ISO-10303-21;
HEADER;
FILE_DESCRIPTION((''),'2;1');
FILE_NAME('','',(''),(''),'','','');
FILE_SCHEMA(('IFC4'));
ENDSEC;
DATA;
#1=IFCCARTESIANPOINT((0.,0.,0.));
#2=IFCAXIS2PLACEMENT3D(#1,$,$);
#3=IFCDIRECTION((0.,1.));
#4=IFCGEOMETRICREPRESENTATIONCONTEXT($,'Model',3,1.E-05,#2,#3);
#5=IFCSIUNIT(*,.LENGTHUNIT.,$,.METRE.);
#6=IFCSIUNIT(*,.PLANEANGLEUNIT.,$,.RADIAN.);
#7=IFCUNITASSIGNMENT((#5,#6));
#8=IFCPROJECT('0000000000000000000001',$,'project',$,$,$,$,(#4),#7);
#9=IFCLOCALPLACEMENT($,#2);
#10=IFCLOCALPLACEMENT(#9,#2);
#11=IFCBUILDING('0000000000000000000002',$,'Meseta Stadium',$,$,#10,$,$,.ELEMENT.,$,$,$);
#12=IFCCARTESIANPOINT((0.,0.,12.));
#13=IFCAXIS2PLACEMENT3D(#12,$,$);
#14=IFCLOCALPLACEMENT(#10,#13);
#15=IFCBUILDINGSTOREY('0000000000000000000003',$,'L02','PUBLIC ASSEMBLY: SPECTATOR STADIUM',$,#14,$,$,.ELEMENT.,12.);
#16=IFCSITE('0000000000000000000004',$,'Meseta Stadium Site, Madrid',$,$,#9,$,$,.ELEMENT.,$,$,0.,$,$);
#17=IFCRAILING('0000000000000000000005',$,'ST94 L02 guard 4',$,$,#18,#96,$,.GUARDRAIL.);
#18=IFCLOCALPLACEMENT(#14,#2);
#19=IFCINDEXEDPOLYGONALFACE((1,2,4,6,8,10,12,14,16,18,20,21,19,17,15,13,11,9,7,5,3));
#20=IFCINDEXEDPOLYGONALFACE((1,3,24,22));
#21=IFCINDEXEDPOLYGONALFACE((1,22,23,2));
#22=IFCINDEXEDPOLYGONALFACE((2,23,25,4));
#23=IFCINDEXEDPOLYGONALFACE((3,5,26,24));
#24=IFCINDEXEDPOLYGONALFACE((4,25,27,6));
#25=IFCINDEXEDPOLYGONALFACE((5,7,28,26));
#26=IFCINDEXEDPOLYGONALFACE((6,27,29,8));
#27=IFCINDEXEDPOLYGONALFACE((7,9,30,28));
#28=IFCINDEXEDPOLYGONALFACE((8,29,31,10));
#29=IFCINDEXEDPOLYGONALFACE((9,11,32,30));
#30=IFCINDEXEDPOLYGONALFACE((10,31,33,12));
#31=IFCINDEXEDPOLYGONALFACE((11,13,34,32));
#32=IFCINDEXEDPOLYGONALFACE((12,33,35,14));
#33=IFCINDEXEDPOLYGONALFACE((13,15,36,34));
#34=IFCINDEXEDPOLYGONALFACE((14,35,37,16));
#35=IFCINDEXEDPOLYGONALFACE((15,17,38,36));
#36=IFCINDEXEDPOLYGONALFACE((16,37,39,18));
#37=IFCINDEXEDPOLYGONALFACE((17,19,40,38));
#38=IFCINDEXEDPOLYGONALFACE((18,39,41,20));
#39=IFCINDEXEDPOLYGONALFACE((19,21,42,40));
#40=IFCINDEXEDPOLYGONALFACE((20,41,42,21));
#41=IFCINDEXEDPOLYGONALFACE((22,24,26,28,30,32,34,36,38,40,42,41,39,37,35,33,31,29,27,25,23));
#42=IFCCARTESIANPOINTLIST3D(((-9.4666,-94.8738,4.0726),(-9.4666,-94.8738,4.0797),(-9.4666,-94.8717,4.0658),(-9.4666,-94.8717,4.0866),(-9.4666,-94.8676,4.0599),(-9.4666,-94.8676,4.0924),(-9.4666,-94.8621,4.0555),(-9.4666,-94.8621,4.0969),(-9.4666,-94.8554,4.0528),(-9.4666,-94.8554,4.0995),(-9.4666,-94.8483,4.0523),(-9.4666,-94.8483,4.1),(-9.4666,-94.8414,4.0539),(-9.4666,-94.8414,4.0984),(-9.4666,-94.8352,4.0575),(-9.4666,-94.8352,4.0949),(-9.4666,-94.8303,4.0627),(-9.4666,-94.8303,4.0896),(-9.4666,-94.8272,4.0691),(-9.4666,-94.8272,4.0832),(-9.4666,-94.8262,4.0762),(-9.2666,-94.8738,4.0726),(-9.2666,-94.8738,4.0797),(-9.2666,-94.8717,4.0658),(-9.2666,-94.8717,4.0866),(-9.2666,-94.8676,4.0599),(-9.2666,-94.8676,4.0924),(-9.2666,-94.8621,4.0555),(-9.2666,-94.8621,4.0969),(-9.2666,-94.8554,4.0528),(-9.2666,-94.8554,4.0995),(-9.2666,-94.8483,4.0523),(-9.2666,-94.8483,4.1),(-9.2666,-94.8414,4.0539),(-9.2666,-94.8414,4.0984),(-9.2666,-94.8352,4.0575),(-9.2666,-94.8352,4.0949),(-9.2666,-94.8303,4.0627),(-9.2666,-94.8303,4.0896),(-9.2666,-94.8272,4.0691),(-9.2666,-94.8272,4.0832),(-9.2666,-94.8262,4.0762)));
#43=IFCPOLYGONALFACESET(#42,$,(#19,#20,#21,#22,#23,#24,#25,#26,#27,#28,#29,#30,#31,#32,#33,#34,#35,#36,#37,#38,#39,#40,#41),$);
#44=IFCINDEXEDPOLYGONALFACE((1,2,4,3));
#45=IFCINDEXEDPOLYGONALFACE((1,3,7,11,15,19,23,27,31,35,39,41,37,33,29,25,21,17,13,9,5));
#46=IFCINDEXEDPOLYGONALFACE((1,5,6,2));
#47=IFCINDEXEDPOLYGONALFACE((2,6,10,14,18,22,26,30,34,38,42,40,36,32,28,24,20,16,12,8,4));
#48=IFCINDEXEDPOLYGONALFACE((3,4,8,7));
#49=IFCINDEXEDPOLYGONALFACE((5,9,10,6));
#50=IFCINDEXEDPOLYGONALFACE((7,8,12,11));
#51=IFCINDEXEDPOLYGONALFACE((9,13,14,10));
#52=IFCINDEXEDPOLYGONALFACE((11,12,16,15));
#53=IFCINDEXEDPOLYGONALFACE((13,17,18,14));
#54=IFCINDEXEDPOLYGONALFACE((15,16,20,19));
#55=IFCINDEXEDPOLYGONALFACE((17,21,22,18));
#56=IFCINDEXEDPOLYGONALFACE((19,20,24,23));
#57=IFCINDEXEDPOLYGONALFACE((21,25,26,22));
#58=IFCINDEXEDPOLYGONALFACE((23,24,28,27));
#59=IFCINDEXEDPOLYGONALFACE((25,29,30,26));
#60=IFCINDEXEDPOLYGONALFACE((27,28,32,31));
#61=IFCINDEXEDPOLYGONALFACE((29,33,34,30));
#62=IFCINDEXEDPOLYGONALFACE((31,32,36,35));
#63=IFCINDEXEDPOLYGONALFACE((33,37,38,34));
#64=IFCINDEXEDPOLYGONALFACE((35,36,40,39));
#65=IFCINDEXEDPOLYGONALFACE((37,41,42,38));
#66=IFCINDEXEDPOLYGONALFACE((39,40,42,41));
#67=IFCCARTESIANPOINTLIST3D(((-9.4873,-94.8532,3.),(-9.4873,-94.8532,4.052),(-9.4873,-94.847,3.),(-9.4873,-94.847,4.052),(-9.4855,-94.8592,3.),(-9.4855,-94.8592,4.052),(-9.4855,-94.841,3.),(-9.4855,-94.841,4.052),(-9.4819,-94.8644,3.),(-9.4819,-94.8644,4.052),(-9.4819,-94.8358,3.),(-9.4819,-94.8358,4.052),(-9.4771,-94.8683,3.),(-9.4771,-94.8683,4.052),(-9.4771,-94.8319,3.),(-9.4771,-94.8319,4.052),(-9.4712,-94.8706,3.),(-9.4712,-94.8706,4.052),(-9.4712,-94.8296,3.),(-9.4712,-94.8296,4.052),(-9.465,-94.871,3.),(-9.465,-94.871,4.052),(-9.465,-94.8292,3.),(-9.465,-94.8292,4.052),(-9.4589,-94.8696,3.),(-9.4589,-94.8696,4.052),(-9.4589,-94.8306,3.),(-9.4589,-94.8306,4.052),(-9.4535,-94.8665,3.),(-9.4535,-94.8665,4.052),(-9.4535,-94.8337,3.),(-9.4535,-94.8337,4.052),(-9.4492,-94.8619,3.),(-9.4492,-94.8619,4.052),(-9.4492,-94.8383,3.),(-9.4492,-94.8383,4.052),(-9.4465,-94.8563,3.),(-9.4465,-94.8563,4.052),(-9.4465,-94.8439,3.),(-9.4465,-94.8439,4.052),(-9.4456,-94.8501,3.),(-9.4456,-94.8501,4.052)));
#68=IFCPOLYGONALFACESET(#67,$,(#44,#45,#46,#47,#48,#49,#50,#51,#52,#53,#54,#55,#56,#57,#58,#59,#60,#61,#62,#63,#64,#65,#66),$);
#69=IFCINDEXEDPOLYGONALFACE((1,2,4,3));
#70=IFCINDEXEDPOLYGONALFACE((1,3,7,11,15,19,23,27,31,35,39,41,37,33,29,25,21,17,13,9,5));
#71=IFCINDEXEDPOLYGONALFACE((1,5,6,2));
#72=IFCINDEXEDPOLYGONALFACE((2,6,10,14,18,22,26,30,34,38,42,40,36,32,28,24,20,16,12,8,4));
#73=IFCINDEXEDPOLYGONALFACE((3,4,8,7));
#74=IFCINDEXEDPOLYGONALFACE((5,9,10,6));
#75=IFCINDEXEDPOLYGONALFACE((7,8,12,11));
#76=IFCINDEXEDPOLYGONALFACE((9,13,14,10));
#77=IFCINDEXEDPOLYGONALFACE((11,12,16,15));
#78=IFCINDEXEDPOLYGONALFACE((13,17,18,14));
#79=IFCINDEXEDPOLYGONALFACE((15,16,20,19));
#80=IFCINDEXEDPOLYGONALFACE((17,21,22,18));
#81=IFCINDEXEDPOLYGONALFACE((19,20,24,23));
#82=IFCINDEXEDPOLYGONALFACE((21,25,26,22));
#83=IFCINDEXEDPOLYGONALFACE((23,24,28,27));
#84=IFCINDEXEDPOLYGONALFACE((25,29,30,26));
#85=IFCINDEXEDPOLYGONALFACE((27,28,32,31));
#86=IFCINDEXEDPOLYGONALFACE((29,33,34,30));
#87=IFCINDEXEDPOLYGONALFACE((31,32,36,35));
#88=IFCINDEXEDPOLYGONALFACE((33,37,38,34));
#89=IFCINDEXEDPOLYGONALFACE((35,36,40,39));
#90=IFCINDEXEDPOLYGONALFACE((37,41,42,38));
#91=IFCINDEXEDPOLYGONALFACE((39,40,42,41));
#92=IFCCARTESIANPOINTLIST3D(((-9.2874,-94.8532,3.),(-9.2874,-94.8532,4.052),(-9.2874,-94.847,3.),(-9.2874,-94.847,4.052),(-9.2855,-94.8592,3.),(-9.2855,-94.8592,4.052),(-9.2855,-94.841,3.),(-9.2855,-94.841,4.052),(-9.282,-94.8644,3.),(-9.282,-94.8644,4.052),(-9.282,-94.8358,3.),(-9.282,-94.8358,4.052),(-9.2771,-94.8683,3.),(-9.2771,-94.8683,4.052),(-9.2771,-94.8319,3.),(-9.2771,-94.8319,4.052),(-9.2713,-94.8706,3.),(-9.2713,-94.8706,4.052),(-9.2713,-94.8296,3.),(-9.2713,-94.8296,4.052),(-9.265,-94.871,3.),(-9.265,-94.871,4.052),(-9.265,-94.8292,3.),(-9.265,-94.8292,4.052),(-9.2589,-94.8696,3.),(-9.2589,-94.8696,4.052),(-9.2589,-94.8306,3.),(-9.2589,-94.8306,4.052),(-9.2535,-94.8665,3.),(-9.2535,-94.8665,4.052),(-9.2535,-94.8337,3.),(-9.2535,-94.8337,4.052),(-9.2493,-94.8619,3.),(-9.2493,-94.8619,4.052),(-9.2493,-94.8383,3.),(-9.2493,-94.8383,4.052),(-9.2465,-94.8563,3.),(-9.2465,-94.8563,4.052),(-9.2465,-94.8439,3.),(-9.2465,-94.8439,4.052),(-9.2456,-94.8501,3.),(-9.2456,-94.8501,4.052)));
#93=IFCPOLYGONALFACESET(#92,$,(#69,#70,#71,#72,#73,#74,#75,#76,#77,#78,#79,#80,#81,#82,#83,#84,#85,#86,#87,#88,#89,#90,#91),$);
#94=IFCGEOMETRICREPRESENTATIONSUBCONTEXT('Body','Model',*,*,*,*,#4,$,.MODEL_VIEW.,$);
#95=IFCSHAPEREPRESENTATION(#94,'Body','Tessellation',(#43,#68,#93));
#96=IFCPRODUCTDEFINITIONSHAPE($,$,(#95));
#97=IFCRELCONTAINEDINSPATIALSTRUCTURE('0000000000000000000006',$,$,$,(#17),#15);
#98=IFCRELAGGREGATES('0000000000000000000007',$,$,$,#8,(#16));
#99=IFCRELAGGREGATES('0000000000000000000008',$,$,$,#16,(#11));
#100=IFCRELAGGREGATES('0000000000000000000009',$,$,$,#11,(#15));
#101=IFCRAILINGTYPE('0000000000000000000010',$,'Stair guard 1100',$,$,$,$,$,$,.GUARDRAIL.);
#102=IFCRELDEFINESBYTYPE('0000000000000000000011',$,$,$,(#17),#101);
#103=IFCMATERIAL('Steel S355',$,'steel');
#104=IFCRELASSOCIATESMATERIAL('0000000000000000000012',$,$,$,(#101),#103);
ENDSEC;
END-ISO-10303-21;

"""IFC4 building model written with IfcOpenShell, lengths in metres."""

from ifc_helpers import new_model, si_unit, direction, frame, origin, origin_2d, place, context, subcontext, project, spatial, circle, extrude, material, type_object, element, save


model = new_model("IFC4")

# Units and contexts
model_context = context("Model", 3, precision=1e-05, world=origin(), true_north=direction((0.0, 1.0)))
body_context = subcontext(model_context, "Body", "Model", "MODEL_VIEW")
ifc_project = project(units=[si_unit("LENGTHUNIT", "METRE"), si_unit("PLANEANGLEUNIT", "RADIAN")], contexts=[model_context])

# Site, building, storey
site_placement = place(None, origin())
site = spatial("IfcSite", under=ifc_project, at=site_placement, Name="Meseta Stadium Site, Madrid", CompositionType="ELEMENT", RefElevation=0.0)
building_placement = place(site_placement, origin())
building = spatial("IfcBuilding", under=site, at=building_placement, Name="Meseta Stadium", CompositionType="ELEMENT")
storey_placement = place(building_placement, frame((0.0, 0.0, 12.0)))
storey = spatial("IfcBuildingStorey", under=building, at=storey_placement, Name="L02", Description="PUBLIC ASSEMBLY: SPECTATOR STADIUM", CompositionType="ELEMENT", Elevation=12.0)

# Railing
ifc_material_1 = material(Name="Steel S355", Category="steel")
railing_type_1 = type_object("IfcRailingType", Name="Stair guard 1100", PredefinedType="GUARDRAIL", material=ifc_material_1)
railing_1_placement = place(storey_placement, frame((-9.4666, -94.8501, 3.0)))
element("IfcRailing", 1, at=railing_1_placement, inside=storey, type_object=railing_type_1, Name="ST94 L02 guard 4", PredefinedType="GUARDRAIL", context=body_context, shape_type="SweptSolid", body=[
    extrude(circle(Radius=0.0239, at=origin_2d()), frame((0.0, 0.0, 1.0762), z_axis=(1.0, 0.0, 0.0), x_axis=(0.0, 1.0, 0.0)), (0.0, 0.0, 1.0), 0.2),
    extrude(circle(Radius=0.021, at=origin_2d()), origin(), (0.0, 0.0, 1.0), 1.052),
    extrude(circle(Radius=0.021, at=origin_2d()), frame((0.2, 0.0, 0.0)), (0.0, 0.0, 1.0), 1.052),
])

save(model, "model.ifc")
